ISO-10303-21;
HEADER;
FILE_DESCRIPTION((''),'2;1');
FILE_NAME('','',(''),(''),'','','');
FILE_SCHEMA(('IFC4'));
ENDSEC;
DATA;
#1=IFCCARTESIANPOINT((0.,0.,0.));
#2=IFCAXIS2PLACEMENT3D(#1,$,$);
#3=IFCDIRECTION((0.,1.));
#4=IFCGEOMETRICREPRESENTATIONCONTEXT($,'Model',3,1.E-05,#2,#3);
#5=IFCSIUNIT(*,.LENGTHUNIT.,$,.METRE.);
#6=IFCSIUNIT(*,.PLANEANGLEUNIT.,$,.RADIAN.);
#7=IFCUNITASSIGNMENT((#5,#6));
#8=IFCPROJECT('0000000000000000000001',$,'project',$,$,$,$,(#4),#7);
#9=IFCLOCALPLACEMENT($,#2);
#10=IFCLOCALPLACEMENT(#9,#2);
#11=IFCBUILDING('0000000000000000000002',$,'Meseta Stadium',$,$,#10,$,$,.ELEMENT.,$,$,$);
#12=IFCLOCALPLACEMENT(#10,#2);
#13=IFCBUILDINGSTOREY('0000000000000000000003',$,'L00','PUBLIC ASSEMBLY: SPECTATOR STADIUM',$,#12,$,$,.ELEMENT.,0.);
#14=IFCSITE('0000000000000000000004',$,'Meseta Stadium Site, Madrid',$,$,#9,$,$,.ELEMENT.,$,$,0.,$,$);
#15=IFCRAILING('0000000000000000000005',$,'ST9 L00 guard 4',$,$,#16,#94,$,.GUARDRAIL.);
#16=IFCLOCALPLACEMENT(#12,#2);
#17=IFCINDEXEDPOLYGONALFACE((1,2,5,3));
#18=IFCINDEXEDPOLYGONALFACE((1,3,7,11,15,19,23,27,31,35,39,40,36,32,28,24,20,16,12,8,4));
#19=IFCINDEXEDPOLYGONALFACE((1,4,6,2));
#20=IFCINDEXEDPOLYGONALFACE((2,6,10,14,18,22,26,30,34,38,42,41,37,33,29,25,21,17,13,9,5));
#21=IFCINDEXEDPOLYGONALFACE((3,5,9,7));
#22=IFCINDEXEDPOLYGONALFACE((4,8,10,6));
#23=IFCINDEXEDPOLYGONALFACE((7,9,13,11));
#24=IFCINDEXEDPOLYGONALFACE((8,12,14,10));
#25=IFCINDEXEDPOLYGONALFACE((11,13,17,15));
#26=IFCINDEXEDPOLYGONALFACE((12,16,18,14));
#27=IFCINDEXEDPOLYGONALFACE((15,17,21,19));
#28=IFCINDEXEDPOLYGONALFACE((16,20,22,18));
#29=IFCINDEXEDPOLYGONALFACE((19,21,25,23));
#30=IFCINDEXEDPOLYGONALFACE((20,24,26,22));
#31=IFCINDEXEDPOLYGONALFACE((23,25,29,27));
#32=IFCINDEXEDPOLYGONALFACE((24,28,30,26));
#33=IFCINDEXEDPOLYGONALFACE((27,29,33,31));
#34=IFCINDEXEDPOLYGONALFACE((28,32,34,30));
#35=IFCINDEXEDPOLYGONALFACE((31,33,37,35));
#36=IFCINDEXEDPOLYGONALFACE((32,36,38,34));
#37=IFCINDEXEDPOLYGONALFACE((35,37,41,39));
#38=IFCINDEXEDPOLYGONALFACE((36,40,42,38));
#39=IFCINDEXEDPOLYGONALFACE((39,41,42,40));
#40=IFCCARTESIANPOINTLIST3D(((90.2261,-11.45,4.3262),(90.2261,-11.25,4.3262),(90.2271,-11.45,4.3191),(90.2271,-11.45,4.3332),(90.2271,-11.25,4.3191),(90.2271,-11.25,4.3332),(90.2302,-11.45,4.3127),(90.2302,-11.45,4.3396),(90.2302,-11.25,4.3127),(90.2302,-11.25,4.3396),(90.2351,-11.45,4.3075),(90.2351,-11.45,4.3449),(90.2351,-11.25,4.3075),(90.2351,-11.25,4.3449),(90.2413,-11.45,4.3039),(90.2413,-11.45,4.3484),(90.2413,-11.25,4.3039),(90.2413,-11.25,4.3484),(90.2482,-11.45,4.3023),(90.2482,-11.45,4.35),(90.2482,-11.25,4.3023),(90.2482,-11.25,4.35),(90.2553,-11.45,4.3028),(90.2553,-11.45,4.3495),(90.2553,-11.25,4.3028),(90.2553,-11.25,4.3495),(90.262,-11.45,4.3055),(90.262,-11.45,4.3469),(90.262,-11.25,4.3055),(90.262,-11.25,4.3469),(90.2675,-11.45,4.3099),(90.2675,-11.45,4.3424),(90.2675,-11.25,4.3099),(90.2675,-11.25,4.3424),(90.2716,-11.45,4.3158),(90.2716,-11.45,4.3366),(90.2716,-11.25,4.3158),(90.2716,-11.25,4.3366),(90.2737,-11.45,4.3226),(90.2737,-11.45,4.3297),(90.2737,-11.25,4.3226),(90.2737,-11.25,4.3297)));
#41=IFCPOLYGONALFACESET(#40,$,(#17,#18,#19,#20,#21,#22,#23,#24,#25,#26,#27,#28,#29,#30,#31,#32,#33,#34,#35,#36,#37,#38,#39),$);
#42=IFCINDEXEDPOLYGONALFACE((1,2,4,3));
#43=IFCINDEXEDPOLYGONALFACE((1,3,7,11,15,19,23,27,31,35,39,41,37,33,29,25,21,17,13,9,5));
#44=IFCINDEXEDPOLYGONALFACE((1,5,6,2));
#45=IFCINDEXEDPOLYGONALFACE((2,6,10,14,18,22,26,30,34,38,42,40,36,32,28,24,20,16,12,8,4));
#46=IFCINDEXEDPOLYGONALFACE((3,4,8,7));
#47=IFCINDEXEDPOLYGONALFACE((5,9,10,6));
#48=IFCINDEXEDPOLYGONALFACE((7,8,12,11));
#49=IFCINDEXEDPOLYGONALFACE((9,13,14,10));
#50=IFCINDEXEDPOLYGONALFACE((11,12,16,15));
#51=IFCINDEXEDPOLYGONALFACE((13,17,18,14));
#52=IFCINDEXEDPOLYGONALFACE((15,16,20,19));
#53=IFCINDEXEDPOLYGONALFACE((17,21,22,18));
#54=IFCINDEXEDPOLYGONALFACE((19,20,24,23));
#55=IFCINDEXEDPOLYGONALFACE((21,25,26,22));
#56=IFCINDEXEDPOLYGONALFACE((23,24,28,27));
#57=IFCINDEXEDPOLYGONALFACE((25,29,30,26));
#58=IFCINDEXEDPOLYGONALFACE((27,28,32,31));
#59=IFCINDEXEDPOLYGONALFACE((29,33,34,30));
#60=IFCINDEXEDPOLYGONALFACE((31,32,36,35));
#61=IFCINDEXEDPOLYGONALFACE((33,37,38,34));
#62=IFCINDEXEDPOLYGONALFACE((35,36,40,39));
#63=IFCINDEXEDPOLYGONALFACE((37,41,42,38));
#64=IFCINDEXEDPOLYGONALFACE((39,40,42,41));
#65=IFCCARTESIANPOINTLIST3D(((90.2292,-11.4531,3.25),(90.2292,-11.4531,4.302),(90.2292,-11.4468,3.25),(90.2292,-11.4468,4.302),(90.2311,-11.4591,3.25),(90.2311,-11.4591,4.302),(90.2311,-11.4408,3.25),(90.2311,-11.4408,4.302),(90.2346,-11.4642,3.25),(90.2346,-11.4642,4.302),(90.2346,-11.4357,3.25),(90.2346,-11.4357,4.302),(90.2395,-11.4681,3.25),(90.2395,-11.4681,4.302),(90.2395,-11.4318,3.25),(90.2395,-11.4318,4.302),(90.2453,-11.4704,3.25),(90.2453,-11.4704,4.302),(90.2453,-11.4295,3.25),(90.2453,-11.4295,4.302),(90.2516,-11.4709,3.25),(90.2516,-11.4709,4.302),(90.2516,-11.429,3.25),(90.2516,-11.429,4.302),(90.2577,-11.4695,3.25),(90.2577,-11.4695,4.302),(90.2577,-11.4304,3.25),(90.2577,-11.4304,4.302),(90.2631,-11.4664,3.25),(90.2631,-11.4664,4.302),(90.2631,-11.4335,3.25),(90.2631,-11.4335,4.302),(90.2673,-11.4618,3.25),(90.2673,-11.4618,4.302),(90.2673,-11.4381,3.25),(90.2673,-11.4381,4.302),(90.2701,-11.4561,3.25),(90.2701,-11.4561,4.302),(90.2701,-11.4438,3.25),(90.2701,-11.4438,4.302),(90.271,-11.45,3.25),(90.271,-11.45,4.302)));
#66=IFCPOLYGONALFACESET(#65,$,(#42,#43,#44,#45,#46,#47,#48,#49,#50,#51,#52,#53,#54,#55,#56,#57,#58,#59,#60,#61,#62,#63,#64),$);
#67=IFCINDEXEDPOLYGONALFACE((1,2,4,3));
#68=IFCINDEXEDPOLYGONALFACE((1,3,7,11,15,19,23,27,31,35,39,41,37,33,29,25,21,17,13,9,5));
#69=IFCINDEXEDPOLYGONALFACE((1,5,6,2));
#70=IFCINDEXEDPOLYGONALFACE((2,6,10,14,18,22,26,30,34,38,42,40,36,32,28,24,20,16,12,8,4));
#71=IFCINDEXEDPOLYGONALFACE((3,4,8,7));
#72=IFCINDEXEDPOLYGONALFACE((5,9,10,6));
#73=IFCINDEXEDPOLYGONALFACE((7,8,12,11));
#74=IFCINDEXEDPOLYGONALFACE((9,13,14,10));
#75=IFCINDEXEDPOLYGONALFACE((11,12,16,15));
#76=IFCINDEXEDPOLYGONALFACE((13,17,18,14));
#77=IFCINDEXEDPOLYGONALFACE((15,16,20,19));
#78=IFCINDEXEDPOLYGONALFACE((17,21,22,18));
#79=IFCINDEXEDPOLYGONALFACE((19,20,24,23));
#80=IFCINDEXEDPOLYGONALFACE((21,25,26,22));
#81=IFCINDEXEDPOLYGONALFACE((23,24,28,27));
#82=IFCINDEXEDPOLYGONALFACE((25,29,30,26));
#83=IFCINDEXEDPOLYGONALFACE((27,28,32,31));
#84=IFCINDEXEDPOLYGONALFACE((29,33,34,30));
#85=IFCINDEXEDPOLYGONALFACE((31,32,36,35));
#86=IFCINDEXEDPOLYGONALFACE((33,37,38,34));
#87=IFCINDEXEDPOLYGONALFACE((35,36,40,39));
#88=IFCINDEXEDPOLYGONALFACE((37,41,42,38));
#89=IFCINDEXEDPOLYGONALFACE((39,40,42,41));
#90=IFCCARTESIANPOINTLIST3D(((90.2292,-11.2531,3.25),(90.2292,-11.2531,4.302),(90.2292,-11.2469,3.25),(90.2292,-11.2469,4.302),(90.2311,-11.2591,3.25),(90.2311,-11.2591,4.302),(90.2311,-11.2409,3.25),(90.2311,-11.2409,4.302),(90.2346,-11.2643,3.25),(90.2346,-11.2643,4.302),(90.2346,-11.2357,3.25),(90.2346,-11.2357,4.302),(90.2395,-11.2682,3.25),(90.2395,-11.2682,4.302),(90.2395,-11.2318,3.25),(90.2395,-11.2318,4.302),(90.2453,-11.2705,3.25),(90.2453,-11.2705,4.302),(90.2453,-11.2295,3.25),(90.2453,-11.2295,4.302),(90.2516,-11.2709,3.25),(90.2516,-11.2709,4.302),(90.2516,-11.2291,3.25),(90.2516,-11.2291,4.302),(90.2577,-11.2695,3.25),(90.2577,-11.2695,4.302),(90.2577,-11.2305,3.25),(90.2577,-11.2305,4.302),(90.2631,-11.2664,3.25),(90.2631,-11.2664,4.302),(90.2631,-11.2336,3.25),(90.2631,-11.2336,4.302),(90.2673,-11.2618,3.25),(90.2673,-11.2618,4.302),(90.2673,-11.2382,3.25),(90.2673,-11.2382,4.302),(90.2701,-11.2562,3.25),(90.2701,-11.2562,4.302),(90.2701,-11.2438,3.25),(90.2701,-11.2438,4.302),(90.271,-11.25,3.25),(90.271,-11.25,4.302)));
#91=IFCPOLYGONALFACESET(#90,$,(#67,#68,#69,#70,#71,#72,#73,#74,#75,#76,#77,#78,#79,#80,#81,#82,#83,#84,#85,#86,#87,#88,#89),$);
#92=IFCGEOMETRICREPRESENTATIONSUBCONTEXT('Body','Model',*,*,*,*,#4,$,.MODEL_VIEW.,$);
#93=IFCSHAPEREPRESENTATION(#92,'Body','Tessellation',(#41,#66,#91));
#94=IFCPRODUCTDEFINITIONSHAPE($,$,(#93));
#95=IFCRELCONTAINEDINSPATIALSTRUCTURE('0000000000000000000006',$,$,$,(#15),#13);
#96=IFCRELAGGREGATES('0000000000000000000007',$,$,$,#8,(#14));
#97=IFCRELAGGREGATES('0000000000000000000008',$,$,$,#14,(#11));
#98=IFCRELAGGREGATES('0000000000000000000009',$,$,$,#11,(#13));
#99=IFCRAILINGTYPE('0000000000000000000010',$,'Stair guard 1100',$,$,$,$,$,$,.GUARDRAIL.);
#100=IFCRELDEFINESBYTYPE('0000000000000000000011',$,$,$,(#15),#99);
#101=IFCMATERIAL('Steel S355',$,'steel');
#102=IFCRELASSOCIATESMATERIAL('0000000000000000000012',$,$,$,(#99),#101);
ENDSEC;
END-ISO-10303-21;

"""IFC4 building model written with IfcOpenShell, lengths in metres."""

from ifc_helpers import new_model, si_unit, direction, frame, origin, origin_2d, place, context, subcontext, project, spatial, circle, extrude, material, type_object, element, save


model = new_model("IFC4")

# Units and contexts
model_context = context("Model", 3, precision=1e-05, world=origin(), true_north=direction((0.0, 1.0)))
body_context = subcontext(model_context, "Body", "Model", "MODEL_VIEW")
ifc_project = project(units=[si_unit("LENGTHUNIT", "METRE"), si_unit("PLANEANGLEUNIT", "RADIAN")], contexts=[model_context])

# Site, building, storey
site_placement = place(None, origin())
site = spatial("IfcSite", under=ifc_project, at=site_placement, Name="Meseta Stadium Site, Madrid", CompositionType="ELEMENT", RefElevation=0.0)
building_placement = place(site_placement, origin())
building = spatial("IfcBuilding", under=site, at=building_placement, Name="Meseta Stadium", CompositionType="ELEMENT")
storey_placement = place(building_placement, origin())
storey = spatial("IfcBuildingStorey", under=building, at=storey_placement, Name="L00", Description="PUBLIC ASSEMBLY: SPECTATOR STADIUM", CompositionType="ELEMENT", Elevation=0.0)

# Railing
ifc_material_1 = material(Name="Steel S355", Category="steel")
railing_type_1 = type_object("IfcRailingType", Name="Stair guard 1100", PredefinedType="GUARDRAIL", material=ifc_material_1)
railing_1_placement = place(storey_placement, frame((90.25, -11.45, 3.25)))
element("IfcRailing", 1, at=railing_1_placement, inside=storey, type_object=railing_type_1, Name="ST9 L00 guard 4", PredefinedType="GUARDRAIL", context=body_context, shape_type="SweptSolid", body=[
    extrude(circle(Radius=0.0239, at=origin_2d()), frame((0.0, 0.0, 1.0762), z_axis=(0.0, 1.0, 0.0), x_axis=(-1.0, 0.0, 0.0)), (0.0, 0.0, 1.0), 0.2),
    extrude(circle(Radius=0.021, at=origin_2d()), origin(), (0.0, 0.0, 1.0), 1.052),
    extrude(circle(Radius=0.021, at=origin_2d()), frame((0.0, 0.2, 0.0)), (0.0, 0.0, 1.0), 1.052),
])

save(model, "model.ifc")
